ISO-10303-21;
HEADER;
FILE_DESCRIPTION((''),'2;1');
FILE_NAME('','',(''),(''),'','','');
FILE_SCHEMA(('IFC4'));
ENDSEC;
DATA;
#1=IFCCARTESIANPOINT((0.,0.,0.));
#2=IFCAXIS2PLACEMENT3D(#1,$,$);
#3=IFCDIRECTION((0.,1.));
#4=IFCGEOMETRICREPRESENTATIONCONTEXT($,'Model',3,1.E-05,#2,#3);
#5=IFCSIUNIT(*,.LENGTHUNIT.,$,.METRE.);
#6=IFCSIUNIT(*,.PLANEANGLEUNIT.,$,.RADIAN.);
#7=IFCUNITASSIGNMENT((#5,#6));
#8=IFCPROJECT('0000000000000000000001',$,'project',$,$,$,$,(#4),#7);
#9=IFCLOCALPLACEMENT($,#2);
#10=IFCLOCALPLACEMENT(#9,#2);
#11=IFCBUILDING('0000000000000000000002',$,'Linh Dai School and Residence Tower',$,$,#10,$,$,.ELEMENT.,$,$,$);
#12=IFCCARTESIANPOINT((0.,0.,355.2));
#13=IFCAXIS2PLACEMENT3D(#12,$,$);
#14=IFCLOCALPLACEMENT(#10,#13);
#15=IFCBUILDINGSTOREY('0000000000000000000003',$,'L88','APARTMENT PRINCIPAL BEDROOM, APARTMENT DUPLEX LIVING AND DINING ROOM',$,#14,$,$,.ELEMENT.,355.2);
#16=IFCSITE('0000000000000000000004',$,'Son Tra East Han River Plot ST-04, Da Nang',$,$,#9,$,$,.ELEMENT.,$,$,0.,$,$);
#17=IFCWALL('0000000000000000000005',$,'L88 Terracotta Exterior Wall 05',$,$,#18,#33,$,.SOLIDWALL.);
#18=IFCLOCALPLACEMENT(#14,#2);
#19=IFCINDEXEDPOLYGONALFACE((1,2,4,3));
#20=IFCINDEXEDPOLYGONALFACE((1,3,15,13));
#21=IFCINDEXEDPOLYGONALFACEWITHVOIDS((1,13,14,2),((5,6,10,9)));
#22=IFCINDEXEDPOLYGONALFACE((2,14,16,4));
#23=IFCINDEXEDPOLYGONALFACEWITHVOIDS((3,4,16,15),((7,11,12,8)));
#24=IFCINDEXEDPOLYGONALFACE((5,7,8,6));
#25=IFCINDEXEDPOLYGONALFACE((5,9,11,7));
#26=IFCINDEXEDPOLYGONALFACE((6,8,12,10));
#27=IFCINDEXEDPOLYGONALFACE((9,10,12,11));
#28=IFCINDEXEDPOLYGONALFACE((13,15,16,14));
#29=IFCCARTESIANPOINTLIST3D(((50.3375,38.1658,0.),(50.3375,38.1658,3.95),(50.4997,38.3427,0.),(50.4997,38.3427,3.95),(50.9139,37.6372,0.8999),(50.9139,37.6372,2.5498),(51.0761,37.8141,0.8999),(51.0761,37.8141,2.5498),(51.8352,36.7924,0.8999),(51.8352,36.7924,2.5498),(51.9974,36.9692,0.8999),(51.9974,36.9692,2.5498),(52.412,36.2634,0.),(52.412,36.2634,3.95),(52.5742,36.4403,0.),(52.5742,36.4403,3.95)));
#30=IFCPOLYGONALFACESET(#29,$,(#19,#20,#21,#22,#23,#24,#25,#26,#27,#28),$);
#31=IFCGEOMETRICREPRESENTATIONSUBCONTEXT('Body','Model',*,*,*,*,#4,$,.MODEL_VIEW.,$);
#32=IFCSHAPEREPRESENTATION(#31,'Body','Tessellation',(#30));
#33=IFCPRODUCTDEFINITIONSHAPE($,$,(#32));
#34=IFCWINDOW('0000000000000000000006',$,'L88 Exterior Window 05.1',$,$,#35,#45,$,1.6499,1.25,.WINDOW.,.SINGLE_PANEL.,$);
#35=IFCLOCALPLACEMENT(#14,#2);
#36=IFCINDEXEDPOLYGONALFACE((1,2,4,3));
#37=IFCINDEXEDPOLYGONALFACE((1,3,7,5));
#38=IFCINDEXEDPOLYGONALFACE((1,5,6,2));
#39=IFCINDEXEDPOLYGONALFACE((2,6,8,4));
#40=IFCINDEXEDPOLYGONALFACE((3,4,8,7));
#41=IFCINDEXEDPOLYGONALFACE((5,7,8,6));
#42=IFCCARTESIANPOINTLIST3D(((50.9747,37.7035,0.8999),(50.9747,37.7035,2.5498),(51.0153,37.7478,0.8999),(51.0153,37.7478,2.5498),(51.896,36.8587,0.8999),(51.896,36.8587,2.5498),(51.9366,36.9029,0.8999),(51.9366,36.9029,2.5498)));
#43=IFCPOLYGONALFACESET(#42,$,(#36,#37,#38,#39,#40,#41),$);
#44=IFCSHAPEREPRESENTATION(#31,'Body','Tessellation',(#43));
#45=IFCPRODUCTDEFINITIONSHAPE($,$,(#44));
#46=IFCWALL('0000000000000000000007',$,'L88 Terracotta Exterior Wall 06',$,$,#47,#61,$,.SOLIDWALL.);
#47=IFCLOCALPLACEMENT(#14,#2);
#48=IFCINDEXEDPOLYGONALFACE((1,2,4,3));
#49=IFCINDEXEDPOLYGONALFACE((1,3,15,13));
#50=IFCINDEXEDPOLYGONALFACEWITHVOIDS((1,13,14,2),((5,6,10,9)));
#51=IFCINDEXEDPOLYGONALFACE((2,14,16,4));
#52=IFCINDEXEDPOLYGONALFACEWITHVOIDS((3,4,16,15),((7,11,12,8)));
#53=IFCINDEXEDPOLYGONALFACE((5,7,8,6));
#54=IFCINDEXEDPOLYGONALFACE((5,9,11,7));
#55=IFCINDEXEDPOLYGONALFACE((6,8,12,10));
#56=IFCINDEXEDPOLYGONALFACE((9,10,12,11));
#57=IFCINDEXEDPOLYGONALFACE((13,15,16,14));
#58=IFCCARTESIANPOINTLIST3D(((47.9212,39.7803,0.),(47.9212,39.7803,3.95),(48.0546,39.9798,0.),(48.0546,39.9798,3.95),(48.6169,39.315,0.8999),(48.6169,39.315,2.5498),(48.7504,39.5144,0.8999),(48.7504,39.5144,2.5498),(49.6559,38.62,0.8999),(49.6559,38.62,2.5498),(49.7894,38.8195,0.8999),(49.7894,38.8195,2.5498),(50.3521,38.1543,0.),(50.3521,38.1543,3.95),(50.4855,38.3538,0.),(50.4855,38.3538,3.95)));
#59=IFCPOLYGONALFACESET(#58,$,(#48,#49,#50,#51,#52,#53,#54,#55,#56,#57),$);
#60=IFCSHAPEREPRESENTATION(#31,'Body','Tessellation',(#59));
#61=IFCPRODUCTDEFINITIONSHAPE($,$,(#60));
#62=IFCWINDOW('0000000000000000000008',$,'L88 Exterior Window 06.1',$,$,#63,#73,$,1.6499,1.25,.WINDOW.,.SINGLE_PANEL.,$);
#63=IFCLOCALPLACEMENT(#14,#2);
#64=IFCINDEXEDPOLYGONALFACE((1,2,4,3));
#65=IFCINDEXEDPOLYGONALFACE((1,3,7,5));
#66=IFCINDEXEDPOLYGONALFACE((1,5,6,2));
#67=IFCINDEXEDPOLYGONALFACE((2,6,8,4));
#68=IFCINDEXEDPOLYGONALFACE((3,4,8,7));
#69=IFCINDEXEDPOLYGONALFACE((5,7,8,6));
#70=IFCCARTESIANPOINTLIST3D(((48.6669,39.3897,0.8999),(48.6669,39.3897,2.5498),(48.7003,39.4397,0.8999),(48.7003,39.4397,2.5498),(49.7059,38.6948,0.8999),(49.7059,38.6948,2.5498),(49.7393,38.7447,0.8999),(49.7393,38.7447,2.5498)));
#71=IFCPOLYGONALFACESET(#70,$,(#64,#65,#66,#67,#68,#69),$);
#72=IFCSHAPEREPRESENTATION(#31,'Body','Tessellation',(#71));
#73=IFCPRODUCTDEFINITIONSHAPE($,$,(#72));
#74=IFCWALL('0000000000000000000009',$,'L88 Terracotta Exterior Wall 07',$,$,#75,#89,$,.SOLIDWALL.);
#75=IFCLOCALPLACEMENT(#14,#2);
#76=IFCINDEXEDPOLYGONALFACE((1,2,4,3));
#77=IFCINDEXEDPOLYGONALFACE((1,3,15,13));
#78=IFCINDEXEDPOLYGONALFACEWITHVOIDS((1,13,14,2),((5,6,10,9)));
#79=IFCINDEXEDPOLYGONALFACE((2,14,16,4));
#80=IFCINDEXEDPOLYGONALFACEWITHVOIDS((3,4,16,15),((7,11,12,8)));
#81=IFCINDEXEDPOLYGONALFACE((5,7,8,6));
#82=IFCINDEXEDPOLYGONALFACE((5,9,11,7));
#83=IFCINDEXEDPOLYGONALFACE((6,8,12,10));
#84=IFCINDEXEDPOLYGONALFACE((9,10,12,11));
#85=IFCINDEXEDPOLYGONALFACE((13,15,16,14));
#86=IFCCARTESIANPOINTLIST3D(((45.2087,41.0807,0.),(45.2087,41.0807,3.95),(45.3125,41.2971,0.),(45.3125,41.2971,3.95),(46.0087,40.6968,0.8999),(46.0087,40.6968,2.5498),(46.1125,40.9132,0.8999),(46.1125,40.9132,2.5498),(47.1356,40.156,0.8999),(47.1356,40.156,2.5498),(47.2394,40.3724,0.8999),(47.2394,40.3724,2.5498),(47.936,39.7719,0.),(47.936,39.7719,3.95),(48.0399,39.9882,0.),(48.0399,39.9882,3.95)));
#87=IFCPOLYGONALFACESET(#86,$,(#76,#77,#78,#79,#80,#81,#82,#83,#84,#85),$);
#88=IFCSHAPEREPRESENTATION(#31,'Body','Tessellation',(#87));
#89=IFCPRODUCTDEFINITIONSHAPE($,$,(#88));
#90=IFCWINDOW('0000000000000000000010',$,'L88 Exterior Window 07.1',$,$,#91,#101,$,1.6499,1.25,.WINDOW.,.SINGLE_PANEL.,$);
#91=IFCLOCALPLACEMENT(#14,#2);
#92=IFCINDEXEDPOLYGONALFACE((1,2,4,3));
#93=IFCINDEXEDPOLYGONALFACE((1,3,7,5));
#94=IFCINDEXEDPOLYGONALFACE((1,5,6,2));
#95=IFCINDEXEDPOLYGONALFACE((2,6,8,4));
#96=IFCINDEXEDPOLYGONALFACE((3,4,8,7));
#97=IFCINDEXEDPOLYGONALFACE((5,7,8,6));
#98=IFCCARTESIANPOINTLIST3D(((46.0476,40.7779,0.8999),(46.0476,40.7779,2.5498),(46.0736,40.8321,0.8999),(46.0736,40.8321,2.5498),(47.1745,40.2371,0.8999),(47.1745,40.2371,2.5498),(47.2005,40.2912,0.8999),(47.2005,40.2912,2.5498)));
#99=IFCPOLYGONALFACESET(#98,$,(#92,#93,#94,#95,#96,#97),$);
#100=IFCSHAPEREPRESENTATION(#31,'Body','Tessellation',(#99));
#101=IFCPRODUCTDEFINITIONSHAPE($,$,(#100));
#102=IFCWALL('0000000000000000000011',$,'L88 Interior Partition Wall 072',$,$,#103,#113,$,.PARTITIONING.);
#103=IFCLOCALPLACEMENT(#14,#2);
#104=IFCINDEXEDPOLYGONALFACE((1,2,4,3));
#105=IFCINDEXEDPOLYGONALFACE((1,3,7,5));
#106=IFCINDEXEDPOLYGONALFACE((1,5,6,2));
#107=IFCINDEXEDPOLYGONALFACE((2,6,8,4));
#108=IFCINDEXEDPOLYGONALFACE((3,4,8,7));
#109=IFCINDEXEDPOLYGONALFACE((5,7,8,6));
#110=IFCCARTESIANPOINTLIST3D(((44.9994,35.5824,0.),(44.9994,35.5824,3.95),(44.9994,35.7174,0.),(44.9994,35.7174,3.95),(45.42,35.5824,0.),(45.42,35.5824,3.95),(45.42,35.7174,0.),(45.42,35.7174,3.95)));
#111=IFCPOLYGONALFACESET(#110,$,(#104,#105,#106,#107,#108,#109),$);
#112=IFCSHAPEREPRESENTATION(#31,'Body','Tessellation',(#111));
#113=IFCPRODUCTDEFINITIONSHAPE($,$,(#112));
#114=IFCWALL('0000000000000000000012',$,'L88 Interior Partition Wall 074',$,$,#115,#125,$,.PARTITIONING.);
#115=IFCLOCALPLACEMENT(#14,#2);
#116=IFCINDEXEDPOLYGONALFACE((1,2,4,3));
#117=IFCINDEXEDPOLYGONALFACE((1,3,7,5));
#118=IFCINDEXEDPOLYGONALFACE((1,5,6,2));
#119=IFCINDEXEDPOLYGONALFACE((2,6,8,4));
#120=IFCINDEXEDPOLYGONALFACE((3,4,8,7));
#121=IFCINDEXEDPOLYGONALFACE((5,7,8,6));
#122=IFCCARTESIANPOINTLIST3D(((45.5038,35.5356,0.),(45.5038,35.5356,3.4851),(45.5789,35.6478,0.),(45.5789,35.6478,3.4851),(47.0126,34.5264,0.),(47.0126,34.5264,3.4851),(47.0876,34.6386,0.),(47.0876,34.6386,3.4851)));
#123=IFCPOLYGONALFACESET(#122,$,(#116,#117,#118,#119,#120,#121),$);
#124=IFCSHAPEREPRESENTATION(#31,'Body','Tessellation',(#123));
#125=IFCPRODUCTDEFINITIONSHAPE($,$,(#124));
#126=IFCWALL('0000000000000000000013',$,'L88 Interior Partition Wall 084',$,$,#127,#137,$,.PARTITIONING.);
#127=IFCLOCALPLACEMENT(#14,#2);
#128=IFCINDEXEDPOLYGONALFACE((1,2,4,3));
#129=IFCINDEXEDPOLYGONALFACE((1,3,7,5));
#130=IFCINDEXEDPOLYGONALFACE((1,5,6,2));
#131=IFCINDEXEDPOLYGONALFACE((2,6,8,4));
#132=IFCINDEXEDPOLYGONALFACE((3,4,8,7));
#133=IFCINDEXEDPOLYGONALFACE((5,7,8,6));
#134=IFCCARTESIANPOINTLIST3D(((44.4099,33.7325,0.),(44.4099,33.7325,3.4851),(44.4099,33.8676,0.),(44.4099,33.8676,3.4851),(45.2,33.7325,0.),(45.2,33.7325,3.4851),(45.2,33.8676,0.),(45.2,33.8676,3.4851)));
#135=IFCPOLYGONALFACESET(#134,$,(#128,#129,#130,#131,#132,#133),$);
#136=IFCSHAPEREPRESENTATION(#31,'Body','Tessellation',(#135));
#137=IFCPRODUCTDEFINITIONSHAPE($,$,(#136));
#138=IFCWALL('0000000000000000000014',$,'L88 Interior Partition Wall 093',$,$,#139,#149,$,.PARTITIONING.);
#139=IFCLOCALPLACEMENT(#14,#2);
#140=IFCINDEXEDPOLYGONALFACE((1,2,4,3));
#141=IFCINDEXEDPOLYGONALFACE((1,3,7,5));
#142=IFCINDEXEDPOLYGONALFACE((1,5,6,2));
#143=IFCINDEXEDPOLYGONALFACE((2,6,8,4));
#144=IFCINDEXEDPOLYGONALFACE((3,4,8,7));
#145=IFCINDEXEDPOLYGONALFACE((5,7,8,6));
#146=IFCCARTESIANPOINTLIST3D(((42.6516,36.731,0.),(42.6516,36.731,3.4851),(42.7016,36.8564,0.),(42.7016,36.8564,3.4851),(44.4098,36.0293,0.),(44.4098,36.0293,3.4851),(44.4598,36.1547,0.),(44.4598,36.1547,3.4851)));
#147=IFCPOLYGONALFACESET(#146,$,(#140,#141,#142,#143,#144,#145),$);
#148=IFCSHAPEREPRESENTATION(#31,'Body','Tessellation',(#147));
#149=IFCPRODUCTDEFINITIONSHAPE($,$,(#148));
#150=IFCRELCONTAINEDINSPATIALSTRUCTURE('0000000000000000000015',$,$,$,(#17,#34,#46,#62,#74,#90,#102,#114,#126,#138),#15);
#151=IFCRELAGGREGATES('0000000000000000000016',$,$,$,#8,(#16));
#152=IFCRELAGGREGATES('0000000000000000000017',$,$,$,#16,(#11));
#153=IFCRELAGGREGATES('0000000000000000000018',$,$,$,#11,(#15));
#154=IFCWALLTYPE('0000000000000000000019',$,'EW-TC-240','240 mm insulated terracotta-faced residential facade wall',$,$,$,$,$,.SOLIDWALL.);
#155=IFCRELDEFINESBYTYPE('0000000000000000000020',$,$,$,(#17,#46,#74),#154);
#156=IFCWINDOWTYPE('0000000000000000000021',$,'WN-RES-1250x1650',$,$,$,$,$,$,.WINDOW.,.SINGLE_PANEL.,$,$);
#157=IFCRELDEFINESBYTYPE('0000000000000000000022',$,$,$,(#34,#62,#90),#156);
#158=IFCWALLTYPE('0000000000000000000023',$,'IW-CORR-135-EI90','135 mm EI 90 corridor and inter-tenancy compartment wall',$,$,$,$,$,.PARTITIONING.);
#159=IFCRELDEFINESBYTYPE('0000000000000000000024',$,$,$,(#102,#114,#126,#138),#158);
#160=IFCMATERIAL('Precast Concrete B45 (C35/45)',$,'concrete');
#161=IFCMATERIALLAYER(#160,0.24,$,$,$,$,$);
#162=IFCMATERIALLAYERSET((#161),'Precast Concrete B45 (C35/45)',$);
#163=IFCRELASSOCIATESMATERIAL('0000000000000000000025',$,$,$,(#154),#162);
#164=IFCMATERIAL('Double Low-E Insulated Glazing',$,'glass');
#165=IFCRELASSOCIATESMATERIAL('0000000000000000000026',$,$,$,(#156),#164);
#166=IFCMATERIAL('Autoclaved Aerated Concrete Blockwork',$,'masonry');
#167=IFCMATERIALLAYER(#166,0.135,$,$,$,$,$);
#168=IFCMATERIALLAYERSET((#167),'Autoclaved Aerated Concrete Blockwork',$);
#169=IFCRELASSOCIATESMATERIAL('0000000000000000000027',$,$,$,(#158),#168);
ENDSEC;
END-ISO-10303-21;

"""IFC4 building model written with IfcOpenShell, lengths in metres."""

from ifc_helpers import new_model, si_unit, direction, frame, frame_2d, origin, origin_2d, place, context, subcontext, project, spatial, rectangle, extrude, source, transform, mapped, material, layer, layer_set, type_object, element, fill, save


model = new_model("IFC4")

# Units and contexts
model_context = context("Model", 3, precision=1e-05, world=origin(), true_north=direction((0.0, 1.0)))
body_context = subcontext(model_context, "Body", "Model", "MODEL_VIEW")
ifc_project = project(units=[si_unit("LENGTHUNIT", "METRE"), si_unit("PLANEANGLEUNIT", "RADIAN")], contexts=[model_context])

# Site, building, storey
site_placement = place(None, origin())
site = spatial("IfcSite", under=ifc_project, at=site_placement, Name="Son Tra East Han River Plot ST-04, Da Nang", CompositionType="ELEMENT", RefElevation=0.0)
building_placement = place(site_placement, origin())
building = spatial("IfcBuilding", under=site, at=building_placement, Name="Linh Dai School and Residence Tower", CompositionType="ELEMENT")
storey_placement = place(building_placement, frame((0.0, 0.0, 355.2)))
storey = spatial("IfcBuildingStorey", under=building, at=storey_placement, Name="L88", Description="APARTMENT PRINCIPAL BEDROOM, APARTMENT DUPLEX LIVING AND DINING ROOM", CompositionType="ELEMENT", Elevation=355.2)

# Shared definitions
ifc_material_1 = material(Name="Double Low-E Insulated Glazing", Category="glass")

# Shared definitions
ifc_material_2 = material(Name="Precast Concrete B45 (C35/45)", Category="concrete")
ifc_layer_1 = layer(ifc_material_2, 0.24)
ifc_layer_set_1 = layer_set([ifc_layer_1], Name="Precast Concrete B45 (C35/45)")
wall_type_1 = type_object("IfcWallType", Name="EW-TC-240", Description="240 mm insulated terracotta-faced residential facade wall", PredefinedType="SOLIDWALL", material=ifc_layer_set_1)

# Walls, openings, windows
wall_1_placement = place(storey_placement, frame((50.4187, 38.2542, 0.0), z_axis=(0.0, 0.0, 1.0), x_axis=(0.737021, -0.67587, 0.0)))
wall_1 = element("IfcWall", 1, at=wall_1_placement, inside=storey, type_object=wall_type_1, Name="L88 Terracotta Exterior Wall 05", PredefinedType="SOLIDWALL", context=body_context, shape_type="SweptSolid", body=[
    extrude(rectangle(XDim=2.8147, YDim=0.24, at=frame_2d((1.4072, 0.0))), origin(), (0.0, 0.0, 1.0), 3.95),
])
opening_1_placement = place(wall_1_placement, frame((0.782, 0.0, 0.8999)))
opening_1 = element("IfcOpeningElement", 2, at=opening_1_placement, cuts=wall_1, PredefinedType="OPENING", context=body_context, shape_type="SweptSolid", body=[
    extrude(rectangle(XDim=1.25, YDim=1.6499, at=origin_2d()), frame((0.625, 0.1299, 0.825), z_axis=(0.0, -1.0, 0.0), x_axis=(1.0, 0.0, 0.0)), (0.0, 0.0, 1.0), 0.26),
])
window_type = type_object("IfcWindowType", Name="WN-RES-1250x1650", PartitioningType="SINGLE_PANEL", PredefinedType="WINDOW", material=ifc_material_1)
shared_shape_1 = source(origin(), body_context, "Body", "SweptSolid", [
    extrude(rectangle(XDim=1.25, YDim=1.6499, at=origin_2d()), frame((0.625, 0.03, 0.825), z_axis=(0.0, -1.0, 0.0), x_axis=(1.0, 0.0, 0.0)), (0.0, 0.0, 1.0), 0.0601),
])
window_1_placement = place(opening_1_placement, origin())
window_1 = element("IfcWindow", 3, at=window_1_placement, inside=storey, type_object=window_type, Name="L88 Exterior Window 05.1", OverallHeight=1.6499, OverallWidth=1.25, PartitioningType="SINGLE_PANEL", PredefinedType="WINDOW", context=body_context, shape_type="MappedRepresentation", body=[
    mapped(shared_shape_1, transform((0.0, 0.0, 0.0), x_axis=(1.0, 0.0, 0.0), y_axis=(0.0, 1.0, 0.0), z_axis=(0.0, 0.0, 1.0), scale=1.0)),
])
fill(opening_1, window_1)
wall_2_placement = place(storey_placement, frame((47.9878, 39.8801, 0.0), z_axis=(0.0, 0.0, 1.0), x_axis=(0.831202, -0.555971, 0.0)))
wall_2 = element("IfcWall", 4, at=wall_2_placement, inside=storey, type_object=wall_type_1, Name="L88 Terracotta Exterior Wall 06", PredefinedType="SOLIDWALL", context=body_context, shape_type="SweptSolid", body=[
    extrude(rectangle(XDim=2.9246, YDim=0.24, at=frame_2d((1.4624, 0.0))), origin(), (0.0, 0.0, 1.0), 3.95),
])
opening_2_placement = place(wall_2_placement, frame((0.8372, 0.0, 0.8999)))
opening_2 = element("IfcOpeningElement", 5, at=opening_2_placement, cuts=wall_2, PredefinedType="OPENING", context=body_context, shape_type="SweptSolid", body=[
    extrude(rectangle(XDim=1.25, YDim=1.6499, at=origin_2d()), frame((0.625, 0.1299, 0.825), z_axis=(0.0, -1.0, 0.0), x_axis=(1.0, 0.0, 0.0)), (0.0, 0.0, 1.0), 0.26),
])
window_2_placement = place(opening_2_placement, origin())
window_2 = element("IfcWindow", 6, at=window_2_placement, inside=storey, type_object=window_type, Name="L88 Exterior Window 06.1", OverallHeight=1.6499, OverallWidth=1.25, PartitioningType="SINGLE_PANEL", PredefinedType="WINDOW", context=body_context, shape_type="MappedRepresentation", body=[
    mapped(shared_shape_1, transform((0.0, 0.0, 0.0), x_axis=(1.0, 0.0, 0.0), y_axis=(0.0, 1.0, 0.0), z_axis=(0.0, 0.0, 1.0), scale=1.0)),
])
fill(opening_2, window_2)
wall_3_placement = place(storey_placement, frame((45.2605, 41.189, 0.0), z_axis=(0.0, 0.0, 1.0), x_axis=(0.901557, -0.43266, 0.0)))
wall_3 = element("IfcWall", 7, at=wall_3_placement, inside=storey, type_object=wall_type_1, Name="L88 Terracotta Exterior Wall 07", PredefinedType="SOLIDWALL", context=body_context, shape_type="SweptSolid", body=[
    extrude(rectangle(XDim=3.0251, YDim=0.24, at=frame_2d((1.5127, 0.0))), origin(), (0.0, 0.0, 1.0), 3.95),
])
opening_3_placement = place(wall_3_placement, frame((0.8875, 0.0, 0.8999)))
opening_3 = element("IfcOpeningElement", 8, at=opening_3_placement, cuts=wall_3, PredefinedType="OPENING", context=body_context, shape_type="SweptSolid", body=[
    extrude(rectangle(XDim=1.25, YDim=1.6499, at=origin_2d()), frame((0.625, 0.1299, 0.825), z_axis=(0.0, -1.0, 0.0), x_axis=(1.0, 0.0, 0.0)), (0.0, 0.0, 1.0), 0.26),
])
window_3_placement = place(opening_3_placement, origin())
window_3 = element("IfcWindow", 9, at=window_3_placement, inside=storey, type_object=window_type, Name="L88 Exterior Window 07.1", OverallHeight=1.6499, OverallWidth=1.25, PartitioningType="SINGLE_PANEL", PredefinedType="WINDOW", context=body_context, shape_type="MappedRepresentation", body=[
    mapped(shared_shape_1, transform((0.0, 0.0, 0.0), x_axis=(1.0, 0.0, 0.0), y_axis=(0.0, 1.0, 0.0), z_axis=(0.0, 0.0, 1.0), scale=1.0)),
])
fill(opening_3, window_3)

# Walls
ifc_material_3 = material(Name="Autoclaved Aerated Concrete Blockwork", Category="masonry")
ifc_layer_2 = layer(ifc_material_3, 0.135)
ifc_layer_set_2 = layer_set([ifc_layer_2], Name="Autoclaved Aerated Concrete Blockwork")
wall_type_2 = type_object("IfcWallType", Name="IW-CORR-135-EI90", Description="135 mm EI 90 corridor and inter-tenancy compartment wall", PredefinedType="PARTITIONING", material=ifc_layer_set_2)
wall_4_placement = place(storey_placement, frame((44.9993, 35.6499, 0.0), z_axis=(0.0, 0.0, 1.0), x_axis=(1.0, 0.0, 0.0)))
element("IfcWall", 10, at=wall_4_placement, inside=storey, type_object=wall_type_2, Name="L88 Interior Partition Wall 072", PredefinedType="PARTITIONING", context=body_context, shape_type="SweptSolid", body=[
    extrude(rectangle(XDim=0.4207, YDim=0.135, at=frame_2d((0.2104, 0.0))), origin(), (0.0, 0.0, 1.0), 3.95),
])
wall_5_placement = place(storey_placement, frame((45.5413, 35.5918, 0.0), z_axis=(0.0, 0.0, 1.0), x_axis=(0.83118, -0.556003, 0.0)))
element("IfcWall", 11, at=wall_5_placement, inside=storey, type_object=wall_type_2, Name="L88 Interior Partition Wall 074", PredefinedType="PARTITIONING", context=body_context, shape_type="SweptSolid", body=[
    extrude(rectangle(XDim=1.8152, YDim=0.135, at=frame_2d((0.9077, 0.0))), origin(), (0.0, 0.0, 1.0), 3.4851),
])
wall_6_placement = place(storey_placement, frame((45.2, 33.8, 0.0), z_axis=(0.0, 0.0, 1.0), x_axis=(-1.0, 0.0, 0.0)))
element("IfcWall", 12, at=wall_6_placement, inside=storey, type_object=wall_type_2, Name="L88 Interior Partition Wall 084", PredefinedType="PARTITIONING", context=body_context, shape_type="SweptSolid", body=[
    extrude(rectangle(XDim=0.79, YDim=0.135, at=frame_2d((0.395, 0.0))), origin(), (0.0, 0.0, 1.0), 3.4851),
])
wall_7_placement = place(storey_placement, frame((44.4348, 36.092, 0.0), z_axis=(0.0, 0.0, 1.0), x_axis=(-0.928779, 0.370635, 0.0)))
element("IfcWall", 13, at=wall_7_placement, inside=storey, type_object=wall_type_2, Name="L88 Interior Partition Wall 093", PredefinedType="PARTITIONING", context=body_context, shape_type="SweptSolid", body=[
    extrude(rectangle(XDim=1.8931, YDim=0.135, at=frame_2d((0.9465, 0.0))), origin(), (0.0, 0.0, 1.0), 3.4851),
])

save(model, "model.ifc")
